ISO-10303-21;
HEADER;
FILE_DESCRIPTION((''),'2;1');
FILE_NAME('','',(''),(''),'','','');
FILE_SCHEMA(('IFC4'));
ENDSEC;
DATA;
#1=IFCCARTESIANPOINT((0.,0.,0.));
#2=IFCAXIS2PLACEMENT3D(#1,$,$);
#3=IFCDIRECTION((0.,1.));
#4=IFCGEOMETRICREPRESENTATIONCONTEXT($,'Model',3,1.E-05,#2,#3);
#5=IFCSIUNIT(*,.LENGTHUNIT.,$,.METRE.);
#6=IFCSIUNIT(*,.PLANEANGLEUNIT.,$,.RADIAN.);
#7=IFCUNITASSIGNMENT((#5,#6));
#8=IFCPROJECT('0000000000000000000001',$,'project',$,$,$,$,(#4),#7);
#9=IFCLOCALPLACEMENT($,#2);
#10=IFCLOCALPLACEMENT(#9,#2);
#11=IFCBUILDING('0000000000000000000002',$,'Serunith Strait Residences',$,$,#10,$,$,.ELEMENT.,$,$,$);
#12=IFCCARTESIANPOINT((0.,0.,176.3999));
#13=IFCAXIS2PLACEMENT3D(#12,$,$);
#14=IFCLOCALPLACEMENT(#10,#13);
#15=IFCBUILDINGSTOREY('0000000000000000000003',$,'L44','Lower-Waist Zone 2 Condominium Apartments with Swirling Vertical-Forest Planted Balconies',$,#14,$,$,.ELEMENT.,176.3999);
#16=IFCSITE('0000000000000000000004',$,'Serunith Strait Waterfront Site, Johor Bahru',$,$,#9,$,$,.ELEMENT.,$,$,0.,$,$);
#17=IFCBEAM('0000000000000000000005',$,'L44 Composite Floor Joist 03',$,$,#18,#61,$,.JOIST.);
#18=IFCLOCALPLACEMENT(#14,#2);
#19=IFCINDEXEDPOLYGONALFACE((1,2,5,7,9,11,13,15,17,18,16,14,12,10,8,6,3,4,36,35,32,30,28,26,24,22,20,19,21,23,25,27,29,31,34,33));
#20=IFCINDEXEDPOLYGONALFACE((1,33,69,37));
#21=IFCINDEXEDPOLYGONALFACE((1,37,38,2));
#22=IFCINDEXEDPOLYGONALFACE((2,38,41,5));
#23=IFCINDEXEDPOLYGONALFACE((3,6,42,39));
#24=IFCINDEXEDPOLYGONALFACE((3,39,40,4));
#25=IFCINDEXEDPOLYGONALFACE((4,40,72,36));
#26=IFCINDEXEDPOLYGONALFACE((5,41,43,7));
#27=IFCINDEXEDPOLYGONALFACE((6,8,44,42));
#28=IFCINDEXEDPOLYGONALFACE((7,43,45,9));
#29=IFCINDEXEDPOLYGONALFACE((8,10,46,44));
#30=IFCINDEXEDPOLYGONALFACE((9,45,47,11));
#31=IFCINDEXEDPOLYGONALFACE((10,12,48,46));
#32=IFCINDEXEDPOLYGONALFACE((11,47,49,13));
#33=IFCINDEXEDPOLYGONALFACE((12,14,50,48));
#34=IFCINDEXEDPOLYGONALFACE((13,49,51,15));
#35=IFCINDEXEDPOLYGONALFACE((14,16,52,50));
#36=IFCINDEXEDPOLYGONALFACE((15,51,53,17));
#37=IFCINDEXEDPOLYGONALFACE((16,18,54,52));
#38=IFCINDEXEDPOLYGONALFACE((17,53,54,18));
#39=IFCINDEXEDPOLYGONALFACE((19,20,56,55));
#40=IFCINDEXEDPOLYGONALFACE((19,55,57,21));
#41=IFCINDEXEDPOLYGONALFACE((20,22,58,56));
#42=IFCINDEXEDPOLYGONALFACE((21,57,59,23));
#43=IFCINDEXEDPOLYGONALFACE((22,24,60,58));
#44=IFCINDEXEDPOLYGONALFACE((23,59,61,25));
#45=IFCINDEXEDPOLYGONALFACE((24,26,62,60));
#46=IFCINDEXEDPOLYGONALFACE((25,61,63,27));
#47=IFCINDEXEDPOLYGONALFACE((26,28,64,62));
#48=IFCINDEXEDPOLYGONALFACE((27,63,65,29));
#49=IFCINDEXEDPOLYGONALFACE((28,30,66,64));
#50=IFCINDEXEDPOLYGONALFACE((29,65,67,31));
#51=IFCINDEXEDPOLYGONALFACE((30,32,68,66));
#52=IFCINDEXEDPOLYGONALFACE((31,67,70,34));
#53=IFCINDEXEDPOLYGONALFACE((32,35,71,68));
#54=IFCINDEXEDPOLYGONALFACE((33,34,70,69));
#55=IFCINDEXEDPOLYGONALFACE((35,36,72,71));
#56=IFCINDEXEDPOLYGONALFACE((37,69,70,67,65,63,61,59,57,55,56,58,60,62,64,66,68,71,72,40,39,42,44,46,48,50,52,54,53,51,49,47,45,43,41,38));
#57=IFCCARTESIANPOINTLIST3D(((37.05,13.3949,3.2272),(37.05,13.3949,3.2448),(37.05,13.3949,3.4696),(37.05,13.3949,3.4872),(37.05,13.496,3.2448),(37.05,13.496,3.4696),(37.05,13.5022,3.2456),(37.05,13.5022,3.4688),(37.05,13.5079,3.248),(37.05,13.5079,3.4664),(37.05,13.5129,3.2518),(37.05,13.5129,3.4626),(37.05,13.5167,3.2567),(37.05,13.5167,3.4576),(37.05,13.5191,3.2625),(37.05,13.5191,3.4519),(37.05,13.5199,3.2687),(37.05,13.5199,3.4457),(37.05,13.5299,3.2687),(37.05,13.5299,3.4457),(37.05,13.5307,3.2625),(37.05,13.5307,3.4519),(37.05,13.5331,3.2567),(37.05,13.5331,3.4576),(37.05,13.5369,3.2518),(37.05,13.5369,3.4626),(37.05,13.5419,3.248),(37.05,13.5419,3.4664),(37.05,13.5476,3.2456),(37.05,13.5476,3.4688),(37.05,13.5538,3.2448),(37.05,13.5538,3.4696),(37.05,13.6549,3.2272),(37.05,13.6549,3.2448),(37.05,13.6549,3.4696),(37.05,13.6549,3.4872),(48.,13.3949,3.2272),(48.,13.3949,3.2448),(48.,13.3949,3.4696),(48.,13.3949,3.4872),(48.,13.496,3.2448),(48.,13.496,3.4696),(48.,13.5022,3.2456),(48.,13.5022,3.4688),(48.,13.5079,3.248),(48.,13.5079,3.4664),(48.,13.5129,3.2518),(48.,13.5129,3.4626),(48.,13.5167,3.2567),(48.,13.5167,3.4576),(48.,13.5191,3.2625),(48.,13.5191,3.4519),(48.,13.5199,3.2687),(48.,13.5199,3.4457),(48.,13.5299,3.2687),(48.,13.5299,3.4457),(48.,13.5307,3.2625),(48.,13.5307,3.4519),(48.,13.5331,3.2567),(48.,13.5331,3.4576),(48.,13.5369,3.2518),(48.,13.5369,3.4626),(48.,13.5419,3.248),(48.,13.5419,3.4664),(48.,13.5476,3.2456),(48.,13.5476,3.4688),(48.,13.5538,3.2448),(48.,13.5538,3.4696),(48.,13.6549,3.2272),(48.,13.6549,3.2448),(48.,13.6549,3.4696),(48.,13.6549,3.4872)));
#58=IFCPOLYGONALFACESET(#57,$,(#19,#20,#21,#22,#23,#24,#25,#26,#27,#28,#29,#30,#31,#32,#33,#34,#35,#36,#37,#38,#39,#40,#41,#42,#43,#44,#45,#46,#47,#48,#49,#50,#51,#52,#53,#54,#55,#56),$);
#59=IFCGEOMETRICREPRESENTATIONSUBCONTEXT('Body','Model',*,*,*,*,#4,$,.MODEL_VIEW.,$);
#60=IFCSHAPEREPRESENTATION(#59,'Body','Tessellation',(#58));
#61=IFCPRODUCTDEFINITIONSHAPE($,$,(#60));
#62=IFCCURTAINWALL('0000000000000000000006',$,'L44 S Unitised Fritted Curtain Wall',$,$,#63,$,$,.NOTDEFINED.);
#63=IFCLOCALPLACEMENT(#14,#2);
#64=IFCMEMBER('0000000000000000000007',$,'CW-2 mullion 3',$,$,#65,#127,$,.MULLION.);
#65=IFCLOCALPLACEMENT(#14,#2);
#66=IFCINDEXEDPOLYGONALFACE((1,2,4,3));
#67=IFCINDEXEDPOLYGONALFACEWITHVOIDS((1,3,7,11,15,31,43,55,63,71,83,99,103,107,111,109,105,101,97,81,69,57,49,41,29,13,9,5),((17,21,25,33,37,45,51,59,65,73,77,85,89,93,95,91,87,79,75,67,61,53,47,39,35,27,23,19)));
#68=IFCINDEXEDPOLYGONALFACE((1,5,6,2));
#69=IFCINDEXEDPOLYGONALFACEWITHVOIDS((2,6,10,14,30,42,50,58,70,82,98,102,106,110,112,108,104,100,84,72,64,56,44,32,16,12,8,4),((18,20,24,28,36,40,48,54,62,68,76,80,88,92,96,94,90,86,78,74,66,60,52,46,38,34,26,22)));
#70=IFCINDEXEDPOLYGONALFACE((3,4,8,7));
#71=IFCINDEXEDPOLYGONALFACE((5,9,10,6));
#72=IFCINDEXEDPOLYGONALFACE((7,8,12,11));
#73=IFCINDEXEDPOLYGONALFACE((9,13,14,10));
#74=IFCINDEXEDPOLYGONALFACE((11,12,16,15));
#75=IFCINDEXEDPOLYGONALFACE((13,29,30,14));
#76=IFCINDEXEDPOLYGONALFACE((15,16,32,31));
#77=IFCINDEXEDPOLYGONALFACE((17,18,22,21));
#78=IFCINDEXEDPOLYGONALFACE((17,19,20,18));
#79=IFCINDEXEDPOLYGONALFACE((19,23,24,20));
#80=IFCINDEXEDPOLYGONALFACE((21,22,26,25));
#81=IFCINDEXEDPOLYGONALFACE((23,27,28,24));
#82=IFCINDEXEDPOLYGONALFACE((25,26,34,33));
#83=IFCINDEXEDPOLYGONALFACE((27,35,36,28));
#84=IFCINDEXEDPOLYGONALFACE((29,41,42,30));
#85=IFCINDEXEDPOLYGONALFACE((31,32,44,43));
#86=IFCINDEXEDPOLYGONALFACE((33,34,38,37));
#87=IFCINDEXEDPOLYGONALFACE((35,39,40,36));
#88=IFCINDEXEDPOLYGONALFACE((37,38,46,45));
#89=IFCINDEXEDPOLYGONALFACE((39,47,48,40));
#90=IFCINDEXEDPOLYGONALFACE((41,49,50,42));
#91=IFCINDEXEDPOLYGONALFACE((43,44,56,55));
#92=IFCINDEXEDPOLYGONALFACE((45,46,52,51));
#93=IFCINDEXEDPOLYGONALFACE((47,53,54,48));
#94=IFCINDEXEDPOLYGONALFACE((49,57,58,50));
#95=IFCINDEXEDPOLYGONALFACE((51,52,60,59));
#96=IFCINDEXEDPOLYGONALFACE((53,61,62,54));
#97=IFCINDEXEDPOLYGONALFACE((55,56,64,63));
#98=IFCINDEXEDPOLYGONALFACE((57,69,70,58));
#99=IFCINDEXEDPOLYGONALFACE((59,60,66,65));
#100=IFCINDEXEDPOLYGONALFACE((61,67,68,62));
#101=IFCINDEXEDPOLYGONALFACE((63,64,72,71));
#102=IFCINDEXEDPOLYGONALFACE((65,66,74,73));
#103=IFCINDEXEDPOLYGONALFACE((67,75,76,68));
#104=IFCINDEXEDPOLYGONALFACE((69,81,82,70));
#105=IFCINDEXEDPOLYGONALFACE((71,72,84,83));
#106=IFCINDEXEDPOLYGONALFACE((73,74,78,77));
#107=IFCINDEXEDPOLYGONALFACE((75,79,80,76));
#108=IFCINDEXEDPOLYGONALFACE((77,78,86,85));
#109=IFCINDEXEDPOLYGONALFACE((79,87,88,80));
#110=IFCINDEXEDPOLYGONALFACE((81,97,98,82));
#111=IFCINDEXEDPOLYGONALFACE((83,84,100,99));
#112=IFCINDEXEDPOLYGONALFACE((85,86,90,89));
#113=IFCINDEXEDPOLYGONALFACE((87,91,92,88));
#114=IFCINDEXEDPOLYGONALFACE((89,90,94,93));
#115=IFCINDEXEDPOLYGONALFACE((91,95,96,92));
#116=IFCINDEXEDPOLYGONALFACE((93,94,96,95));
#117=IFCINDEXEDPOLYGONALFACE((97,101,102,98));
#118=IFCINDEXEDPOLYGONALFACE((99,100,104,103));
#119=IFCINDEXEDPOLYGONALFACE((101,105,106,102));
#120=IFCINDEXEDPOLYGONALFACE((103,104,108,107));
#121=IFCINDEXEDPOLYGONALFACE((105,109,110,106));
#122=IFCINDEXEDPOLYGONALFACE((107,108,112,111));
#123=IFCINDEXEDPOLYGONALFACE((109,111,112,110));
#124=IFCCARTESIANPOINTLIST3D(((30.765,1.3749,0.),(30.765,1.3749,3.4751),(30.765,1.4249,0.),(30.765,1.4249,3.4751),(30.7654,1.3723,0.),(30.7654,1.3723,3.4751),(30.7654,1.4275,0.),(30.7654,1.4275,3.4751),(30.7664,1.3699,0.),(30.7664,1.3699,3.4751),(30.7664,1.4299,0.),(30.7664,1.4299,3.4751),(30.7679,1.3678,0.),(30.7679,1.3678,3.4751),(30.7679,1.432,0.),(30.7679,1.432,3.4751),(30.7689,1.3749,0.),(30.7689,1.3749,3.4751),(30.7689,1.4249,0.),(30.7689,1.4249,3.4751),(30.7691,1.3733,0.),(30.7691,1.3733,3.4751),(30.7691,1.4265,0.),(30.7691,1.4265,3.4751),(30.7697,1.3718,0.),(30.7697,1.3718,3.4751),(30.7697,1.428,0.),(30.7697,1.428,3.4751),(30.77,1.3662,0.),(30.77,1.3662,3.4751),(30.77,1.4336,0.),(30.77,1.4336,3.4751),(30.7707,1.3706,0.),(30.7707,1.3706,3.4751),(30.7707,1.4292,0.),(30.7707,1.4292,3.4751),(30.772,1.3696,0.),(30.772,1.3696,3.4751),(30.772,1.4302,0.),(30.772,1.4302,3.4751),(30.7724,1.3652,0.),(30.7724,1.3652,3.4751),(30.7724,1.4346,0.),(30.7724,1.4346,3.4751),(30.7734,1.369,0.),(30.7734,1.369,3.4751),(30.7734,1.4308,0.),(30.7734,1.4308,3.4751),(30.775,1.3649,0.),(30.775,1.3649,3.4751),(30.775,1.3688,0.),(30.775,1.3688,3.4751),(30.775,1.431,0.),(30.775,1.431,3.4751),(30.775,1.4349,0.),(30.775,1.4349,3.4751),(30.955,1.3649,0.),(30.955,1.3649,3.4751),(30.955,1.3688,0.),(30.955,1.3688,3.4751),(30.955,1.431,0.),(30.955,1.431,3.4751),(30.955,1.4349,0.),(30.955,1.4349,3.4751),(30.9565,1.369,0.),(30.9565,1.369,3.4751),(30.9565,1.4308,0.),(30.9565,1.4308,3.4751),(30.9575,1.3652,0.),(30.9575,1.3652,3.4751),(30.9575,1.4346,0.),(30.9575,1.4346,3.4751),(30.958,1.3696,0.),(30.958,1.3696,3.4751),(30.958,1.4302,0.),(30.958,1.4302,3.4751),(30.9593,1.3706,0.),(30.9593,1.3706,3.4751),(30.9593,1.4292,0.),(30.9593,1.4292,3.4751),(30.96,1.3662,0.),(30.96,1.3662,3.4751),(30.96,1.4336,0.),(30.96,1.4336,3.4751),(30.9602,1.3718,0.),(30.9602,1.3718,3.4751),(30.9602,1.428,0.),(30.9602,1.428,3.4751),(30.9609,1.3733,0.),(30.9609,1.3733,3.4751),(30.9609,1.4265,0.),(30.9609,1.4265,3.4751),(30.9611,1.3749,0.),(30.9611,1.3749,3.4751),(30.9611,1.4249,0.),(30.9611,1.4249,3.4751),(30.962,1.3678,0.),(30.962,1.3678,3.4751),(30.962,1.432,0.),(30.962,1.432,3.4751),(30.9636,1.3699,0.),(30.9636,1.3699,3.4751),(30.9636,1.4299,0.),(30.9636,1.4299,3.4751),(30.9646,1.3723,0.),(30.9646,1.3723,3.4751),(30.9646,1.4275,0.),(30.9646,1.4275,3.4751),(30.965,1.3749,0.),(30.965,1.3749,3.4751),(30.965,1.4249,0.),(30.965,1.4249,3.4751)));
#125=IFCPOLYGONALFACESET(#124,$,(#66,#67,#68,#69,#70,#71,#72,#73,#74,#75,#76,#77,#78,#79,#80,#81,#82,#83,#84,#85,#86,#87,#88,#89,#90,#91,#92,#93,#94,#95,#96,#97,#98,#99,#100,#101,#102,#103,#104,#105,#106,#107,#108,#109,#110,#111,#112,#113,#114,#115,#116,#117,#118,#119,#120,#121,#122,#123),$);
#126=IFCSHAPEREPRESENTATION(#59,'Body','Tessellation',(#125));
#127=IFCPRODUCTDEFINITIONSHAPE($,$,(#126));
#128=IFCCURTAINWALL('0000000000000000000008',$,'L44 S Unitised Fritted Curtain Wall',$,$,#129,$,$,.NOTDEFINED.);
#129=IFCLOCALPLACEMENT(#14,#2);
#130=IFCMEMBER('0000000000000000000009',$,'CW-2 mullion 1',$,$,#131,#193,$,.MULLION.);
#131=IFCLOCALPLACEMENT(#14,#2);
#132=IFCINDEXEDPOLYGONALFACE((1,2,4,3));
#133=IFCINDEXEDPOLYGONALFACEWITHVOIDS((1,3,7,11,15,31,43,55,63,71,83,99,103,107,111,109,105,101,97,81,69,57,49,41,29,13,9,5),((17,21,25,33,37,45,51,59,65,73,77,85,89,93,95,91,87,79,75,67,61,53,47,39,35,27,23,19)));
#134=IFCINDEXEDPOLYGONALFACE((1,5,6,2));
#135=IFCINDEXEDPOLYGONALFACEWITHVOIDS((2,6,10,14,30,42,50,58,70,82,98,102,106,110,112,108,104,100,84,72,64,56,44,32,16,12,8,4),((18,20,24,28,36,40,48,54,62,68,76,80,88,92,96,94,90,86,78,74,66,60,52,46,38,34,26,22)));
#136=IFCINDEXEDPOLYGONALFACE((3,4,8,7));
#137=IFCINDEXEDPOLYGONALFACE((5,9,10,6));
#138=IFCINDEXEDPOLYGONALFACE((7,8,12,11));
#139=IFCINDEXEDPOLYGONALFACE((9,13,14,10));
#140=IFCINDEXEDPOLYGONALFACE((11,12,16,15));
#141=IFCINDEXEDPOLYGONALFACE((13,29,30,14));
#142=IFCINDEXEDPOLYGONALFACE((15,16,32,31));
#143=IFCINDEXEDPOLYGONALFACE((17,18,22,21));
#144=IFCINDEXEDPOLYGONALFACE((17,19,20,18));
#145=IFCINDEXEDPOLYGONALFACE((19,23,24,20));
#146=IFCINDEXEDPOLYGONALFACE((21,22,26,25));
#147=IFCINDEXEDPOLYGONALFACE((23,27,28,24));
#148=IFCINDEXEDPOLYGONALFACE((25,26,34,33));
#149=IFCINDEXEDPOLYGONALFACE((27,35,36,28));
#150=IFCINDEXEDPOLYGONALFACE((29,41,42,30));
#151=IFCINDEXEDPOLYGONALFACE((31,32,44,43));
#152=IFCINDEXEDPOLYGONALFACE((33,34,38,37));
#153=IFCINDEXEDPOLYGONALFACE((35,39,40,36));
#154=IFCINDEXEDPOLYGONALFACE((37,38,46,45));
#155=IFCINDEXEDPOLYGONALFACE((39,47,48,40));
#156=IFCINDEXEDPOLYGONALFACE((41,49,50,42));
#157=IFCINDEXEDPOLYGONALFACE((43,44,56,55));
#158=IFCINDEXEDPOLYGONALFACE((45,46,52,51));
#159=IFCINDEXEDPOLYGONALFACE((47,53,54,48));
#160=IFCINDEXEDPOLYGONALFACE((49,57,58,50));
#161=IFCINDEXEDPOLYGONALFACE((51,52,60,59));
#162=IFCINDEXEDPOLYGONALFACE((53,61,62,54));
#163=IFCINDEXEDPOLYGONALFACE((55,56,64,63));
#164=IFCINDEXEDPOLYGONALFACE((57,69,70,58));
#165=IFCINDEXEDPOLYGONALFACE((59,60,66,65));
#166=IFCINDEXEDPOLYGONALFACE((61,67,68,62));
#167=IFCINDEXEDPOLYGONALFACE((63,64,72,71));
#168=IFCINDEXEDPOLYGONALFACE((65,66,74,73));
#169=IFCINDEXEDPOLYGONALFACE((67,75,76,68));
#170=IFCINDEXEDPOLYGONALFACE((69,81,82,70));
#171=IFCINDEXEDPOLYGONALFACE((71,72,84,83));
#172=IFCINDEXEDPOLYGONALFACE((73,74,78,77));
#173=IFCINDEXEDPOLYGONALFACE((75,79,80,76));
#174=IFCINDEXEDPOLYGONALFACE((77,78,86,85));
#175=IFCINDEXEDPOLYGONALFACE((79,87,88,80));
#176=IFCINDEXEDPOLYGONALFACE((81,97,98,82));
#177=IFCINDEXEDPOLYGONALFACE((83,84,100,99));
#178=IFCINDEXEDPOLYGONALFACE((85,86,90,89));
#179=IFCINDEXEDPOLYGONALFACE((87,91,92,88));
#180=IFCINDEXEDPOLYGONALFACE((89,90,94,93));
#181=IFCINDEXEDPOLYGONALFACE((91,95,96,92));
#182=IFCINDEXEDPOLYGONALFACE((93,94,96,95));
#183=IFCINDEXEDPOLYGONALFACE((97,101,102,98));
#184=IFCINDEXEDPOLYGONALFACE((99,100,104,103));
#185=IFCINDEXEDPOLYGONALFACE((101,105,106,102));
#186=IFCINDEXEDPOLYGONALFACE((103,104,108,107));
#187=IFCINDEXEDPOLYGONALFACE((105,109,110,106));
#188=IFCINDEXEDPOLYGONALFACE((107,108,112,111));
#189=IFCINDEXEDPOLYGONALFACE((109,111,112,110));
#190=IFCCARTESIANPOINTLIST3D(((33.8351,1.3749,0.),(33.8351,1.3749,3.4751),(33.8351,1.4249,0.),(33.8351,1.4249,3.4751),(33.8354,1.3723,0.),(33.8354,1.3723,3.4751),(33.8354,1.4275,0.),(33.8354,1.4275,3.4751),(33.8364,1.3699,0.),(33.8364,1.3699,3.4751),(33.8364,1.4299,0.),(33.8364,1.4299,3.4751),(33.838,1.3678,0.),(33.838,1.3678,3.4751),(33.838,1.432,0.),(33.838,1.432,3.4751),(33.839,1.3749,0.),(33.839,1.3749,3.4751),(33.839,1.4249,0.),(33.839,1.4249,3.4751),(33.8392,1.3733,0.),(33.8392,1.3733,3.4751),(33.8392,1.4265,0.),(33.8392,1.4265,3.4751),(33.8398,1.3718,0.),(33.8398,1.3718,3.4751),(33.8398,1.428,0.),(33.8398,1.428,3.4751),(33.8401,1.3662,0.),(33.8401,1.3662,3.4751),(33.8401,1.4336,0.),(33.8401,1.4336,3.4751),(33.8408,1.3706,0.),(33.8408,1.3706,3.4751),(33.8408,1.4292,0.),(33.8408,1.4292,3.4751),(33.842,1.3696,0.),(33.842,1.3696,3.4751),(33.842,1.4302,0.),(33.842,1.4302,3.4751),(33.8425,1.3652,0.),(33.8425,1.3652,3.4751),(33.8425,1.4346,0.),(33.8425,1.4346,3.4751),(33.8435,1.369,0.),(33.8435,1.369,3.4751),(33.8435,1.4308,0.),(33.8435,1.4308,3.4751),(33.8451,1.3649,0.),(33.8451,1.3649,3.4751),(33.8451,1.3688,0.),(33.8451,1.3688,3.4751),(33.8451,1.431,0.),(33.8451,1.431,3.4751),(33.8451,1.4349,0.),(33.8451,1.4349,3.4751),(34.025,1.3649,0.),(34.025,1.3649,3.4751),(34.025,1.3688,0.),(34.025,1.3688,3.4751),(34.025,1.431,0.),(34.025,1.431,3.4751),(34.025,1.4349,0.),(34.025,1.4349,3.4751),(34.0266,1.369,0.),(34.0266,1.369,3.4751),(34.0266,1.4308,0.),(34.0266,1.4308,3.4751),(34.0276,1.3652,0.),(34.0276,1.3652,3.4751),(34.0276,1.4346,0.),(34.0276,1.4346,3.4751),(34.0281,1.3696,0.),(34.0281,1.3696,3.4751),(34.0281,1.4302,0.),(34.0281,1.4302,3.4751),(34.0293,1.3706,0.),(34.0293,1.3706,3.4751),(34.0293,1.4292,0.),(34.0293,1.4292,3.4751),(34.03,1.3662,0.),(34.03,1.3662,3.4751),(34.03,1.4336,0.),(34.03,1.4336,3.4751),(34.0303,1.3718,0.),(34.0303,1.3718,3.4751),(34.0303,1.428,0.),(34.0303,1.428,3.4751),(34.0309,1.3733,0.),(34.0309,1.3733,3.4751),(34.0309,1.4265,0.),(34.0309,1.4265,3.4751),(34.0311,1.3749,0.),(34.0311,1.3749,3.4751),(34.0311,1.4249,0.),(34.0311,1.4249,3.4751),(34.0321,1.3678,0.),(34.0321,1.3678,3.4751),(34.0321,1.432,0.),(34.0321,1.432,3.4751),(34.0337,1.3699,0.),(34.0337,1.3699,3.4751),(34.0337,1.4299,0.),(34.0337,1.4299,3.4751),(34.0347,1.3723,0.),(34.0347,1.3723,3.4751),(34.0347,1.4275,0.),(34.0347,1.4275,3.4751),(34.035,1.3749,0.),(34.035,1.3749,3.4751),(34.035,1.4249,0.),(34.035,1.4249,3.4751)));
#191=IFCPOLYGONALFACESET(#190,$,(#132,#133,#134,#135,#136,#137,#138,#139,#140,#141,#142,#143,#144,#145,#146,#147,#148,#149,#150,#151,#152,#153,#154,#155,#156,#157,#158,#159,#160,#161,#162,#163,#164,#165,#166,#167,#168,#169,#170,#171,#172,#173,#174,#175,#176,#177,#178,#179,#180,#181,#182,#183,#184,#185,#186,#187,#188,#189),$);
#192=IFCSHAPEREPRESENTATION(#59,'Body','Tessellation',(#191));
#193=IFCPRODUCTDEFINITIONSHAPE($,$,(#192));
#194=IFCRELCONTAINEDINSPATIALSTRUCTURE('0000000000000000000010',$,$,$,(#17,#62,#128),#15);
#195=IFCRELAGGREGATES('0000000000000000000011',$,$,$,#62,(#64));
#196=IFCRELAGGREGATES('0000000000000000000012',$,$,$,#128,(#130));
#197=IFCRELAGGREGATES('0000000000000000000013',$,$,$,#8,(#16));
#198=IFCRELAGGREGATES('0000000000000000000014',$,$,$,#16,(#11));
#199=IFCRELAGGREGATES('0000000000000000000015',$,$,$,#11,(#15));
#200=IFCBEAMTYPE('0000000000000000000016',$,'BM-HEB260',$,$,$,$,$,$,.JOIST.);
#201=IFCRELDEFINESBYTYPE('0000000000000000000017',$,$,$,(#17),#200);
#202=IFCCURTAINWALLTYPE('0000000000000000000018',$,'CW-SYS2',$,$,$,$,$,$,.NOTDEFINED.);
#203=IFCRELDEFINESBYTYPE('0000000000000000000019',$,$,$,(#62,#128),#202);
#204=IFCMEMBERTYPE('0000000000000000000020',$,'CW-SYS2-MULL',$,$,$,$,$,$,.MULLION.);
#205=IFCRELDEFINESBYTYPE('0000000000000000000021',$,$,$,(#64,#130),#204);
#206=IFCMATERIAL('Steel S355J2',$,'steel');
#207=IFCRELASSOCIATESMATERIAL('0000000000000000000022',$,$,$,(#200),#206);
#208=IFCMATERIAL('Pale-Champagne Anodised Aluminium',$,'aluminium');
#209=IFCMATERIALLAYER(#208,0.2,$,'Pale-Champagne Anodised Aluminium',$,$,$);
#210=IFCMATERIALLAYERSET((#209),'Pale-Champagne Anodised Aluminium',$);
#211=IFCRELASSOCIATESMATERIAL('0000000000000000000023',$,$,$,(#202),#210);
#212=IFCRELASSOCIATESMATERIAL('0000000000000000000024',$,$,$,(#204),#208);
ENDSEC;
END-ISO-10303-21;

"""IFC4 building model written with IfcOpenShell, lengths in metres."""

from ifc_helpers import new_model, si_unit, direction, frame, origin, origin_2d, place, context, subcontext, project, spatial, hollow_rectangle, i_section, extrude, source, transform, mapped, material, layer, layer_set, material_profile, profile_set, type_object, element, aggregate, save


model = new_model("IFC4")

# Units and contexts
model_context = context("Model", 3, precision=1e-05, world=origin(), true_north=direction((0.0, 1.0)))
body_context = subcontext(model_context, "Body", "Model", "MODEL_VIEW")
ifc_project = project(units=[si_unit("LENGTHUNIT", "METRE"), si_unit("PLANEANGLEUNIT", "RADIAN")], contexts=[model_context])

# Site, building, storey
site_placement = place(None, origin())
site = spatial("IfcSite", under=ifc_project, at=site_placement, Name="Serunith Strait Waterfront Site, Johor Bahru", CompositionType="ELEMENT", RefElevation=0.0)
building_placement = place(site_placement, origin())
building = spatial("IfcBuilding", under=site, at=building_placement, Name="Serunith Strait Residences", CompositionType="ELEMENT")
storey_placement = place(building_placement, frame((0.0, 0.0, 176.3999)))
storey = spatial("IfcBuildingStorey", under=building, at=storey_placement, Name="L44", Description="Lower-Waist Zone 2 Condominium Apartments with Swirling Vertical-Forest Planted Balconies", CompositionType="ELEMENT", Elevation=176.3999)

# Beam
ifc_material_1 = material(Name="Steel S355J2", Category="steel")
ifc_material_profile_1 = material_profile(ifc_material_1, i_section(OverallWidth=0.26, OverallDepth=0.26, WebThickness=0.01, FlangeThickness=0.0176, FilletRadius=0.0239, at=origin_2d()), Name="HEB 260")
ifc_profile_set_1 = profile_set([ifc_material_profile_1], Name="Steel S355J2")
beam_type_1 = type_object("IfcBeamType", Name="BM-HEB260", PredefinedType="JOIST", material=ifc_profile_set_1)
shared_shape_1 = source(origin(), body_context, "Body", "SweptSolid", [
    extrude(i_section(OverallWidth=0.26, OverallDepth=0.26, WebThickness=0.01, FlangeThickness=0.0176, FilletRadius=0.0239, at=origin_2d()), origin(), (0.0, 0.0, 1.0), 10.95),
])
beam_1_placement = place(storey_placement, frame((37.05, 13.5249, 3.3572), z_axis=(1.0, 0.0, 0.0), x_axis=(0.0, 1.0, 0.0)))
element("IfcBeam", 1, at=beam_1_placement, inside=storey, type_object=beam_type_1, Name="L44 Composite Floor Joist 03", PredefinedType="JOIST", context=body_context, shape_type="MappedRepresentation", body=[
    mapped(shared_shape_1, transform((0.0, 0.0, 0.0), scale=1.0)),
])

# Curtain wall, member
ifc_material_2 = material(Name="Pale-Champagne Anodised Aluminium", Category="aluminium")
ifc_layer_1 = layer(ifc_material_2, 0.2, Name="Pale-Champagne Anodised Aluminium")
ifc_layer_set_1 = layer_set([ifc_layer_1], Name="Pale-Champagne Anodised Aluminium")
curtain_wall_type = type_object("IfcCurtainWallType", Name="CW-SYS2", PredefinedType="NOTDEFINED", material=ifc_layer_set_1)
curtain_wall_1_placement = place(storey_placement, origin())
curtain_wall_1 = element("IfcCurtainWall", 2, at=curtain_wall_1_placement, inside=storey, type_object=curtain_wall_type, Name="L44 S Unitised Fritted Curtain Wall", PredefinedType="NOTDEFINED")
ifc_material_profile_2 = material_profile(ifc_material_2, hollow_rectangle(XDim=0.0701, YDim=0.2, WallThickness=0.0039, InnerFilletRadius=0.0061, OuterFilletRadius=0.01, at=origin_2d()), Name="ALU 200x70x4")
ifc_profile_set_2 = profile_set([ifc_material_profile_2], Name="Pale-Champagne Anodised Aluminium")
member_type_1 = type_object("IfcMemberType", Name="CW-SYS2-MULL", PredefinedType="MULLION", material=ifc_profile_set_2)
shared_shape_2 = source(origin(), body_context, "Body", "SweptSolid", [
    extrude(hollow_rectangle(XDim=0.0701, YDim=0.2, WallThickness=0.0039, InnerFilletRadius=0.0061, OuterFilletRadius=0.01, at=origin_2d()), origin(), (0.0, 0.0, 1.0), 3.4751),
])
member_1_placement = place(storey_placement, frame((30.865, 1.3999, 0.0), z_axis=(0.0, 0.0, 1.0), x_axis=(0.0, 1.0, 0.0)))
member_1 = element("IfcMember", 3, at=member_1_placement, type_object=member_type_1, Name="CW-2 mullion 3", PredefinedType="MULLION", context=body_context, shape_type="MappedRepresentation", body=[
    mapped(shared_shape_2, transform((0.0, 0.0, 0.0), scale=1.0)),
])
aggregate(curtain_wall_1, [member_1])

# Curtain wall, member
curtain_wall_2_placement = place(storey_placement, origin())
curtain_wall_2 = element("IfcCurtainWall", 4, at=curtain_wall_2_placement, inside=storey, type_object=curtain_wall_type, Name="L44 S Unitised Fritted Curtain Wall", PredefinedType="NOTDEFINED")
member_2_placement = place(storey_placement, frame((33.9351, 1.3999, 0.0), z_axis=(0.0, 0.0, 1.0), x_axis=(0.0, 1.0, 0.0)))
member_2 = element("IfcMember", 5, at=member_2_placement, type_object=member_type_1, Name="CW-2 mullion 1", PredefinedType="MULLION", context=body_context, shape_type="MappedRepresentation", body=[
    mapped(shared_shape_2, transform((0.0, 0.0, 0.0), scale=1.0)),
])
aggregate(curtain_wall_2, [member_2])

save(model, "model.ifc")
